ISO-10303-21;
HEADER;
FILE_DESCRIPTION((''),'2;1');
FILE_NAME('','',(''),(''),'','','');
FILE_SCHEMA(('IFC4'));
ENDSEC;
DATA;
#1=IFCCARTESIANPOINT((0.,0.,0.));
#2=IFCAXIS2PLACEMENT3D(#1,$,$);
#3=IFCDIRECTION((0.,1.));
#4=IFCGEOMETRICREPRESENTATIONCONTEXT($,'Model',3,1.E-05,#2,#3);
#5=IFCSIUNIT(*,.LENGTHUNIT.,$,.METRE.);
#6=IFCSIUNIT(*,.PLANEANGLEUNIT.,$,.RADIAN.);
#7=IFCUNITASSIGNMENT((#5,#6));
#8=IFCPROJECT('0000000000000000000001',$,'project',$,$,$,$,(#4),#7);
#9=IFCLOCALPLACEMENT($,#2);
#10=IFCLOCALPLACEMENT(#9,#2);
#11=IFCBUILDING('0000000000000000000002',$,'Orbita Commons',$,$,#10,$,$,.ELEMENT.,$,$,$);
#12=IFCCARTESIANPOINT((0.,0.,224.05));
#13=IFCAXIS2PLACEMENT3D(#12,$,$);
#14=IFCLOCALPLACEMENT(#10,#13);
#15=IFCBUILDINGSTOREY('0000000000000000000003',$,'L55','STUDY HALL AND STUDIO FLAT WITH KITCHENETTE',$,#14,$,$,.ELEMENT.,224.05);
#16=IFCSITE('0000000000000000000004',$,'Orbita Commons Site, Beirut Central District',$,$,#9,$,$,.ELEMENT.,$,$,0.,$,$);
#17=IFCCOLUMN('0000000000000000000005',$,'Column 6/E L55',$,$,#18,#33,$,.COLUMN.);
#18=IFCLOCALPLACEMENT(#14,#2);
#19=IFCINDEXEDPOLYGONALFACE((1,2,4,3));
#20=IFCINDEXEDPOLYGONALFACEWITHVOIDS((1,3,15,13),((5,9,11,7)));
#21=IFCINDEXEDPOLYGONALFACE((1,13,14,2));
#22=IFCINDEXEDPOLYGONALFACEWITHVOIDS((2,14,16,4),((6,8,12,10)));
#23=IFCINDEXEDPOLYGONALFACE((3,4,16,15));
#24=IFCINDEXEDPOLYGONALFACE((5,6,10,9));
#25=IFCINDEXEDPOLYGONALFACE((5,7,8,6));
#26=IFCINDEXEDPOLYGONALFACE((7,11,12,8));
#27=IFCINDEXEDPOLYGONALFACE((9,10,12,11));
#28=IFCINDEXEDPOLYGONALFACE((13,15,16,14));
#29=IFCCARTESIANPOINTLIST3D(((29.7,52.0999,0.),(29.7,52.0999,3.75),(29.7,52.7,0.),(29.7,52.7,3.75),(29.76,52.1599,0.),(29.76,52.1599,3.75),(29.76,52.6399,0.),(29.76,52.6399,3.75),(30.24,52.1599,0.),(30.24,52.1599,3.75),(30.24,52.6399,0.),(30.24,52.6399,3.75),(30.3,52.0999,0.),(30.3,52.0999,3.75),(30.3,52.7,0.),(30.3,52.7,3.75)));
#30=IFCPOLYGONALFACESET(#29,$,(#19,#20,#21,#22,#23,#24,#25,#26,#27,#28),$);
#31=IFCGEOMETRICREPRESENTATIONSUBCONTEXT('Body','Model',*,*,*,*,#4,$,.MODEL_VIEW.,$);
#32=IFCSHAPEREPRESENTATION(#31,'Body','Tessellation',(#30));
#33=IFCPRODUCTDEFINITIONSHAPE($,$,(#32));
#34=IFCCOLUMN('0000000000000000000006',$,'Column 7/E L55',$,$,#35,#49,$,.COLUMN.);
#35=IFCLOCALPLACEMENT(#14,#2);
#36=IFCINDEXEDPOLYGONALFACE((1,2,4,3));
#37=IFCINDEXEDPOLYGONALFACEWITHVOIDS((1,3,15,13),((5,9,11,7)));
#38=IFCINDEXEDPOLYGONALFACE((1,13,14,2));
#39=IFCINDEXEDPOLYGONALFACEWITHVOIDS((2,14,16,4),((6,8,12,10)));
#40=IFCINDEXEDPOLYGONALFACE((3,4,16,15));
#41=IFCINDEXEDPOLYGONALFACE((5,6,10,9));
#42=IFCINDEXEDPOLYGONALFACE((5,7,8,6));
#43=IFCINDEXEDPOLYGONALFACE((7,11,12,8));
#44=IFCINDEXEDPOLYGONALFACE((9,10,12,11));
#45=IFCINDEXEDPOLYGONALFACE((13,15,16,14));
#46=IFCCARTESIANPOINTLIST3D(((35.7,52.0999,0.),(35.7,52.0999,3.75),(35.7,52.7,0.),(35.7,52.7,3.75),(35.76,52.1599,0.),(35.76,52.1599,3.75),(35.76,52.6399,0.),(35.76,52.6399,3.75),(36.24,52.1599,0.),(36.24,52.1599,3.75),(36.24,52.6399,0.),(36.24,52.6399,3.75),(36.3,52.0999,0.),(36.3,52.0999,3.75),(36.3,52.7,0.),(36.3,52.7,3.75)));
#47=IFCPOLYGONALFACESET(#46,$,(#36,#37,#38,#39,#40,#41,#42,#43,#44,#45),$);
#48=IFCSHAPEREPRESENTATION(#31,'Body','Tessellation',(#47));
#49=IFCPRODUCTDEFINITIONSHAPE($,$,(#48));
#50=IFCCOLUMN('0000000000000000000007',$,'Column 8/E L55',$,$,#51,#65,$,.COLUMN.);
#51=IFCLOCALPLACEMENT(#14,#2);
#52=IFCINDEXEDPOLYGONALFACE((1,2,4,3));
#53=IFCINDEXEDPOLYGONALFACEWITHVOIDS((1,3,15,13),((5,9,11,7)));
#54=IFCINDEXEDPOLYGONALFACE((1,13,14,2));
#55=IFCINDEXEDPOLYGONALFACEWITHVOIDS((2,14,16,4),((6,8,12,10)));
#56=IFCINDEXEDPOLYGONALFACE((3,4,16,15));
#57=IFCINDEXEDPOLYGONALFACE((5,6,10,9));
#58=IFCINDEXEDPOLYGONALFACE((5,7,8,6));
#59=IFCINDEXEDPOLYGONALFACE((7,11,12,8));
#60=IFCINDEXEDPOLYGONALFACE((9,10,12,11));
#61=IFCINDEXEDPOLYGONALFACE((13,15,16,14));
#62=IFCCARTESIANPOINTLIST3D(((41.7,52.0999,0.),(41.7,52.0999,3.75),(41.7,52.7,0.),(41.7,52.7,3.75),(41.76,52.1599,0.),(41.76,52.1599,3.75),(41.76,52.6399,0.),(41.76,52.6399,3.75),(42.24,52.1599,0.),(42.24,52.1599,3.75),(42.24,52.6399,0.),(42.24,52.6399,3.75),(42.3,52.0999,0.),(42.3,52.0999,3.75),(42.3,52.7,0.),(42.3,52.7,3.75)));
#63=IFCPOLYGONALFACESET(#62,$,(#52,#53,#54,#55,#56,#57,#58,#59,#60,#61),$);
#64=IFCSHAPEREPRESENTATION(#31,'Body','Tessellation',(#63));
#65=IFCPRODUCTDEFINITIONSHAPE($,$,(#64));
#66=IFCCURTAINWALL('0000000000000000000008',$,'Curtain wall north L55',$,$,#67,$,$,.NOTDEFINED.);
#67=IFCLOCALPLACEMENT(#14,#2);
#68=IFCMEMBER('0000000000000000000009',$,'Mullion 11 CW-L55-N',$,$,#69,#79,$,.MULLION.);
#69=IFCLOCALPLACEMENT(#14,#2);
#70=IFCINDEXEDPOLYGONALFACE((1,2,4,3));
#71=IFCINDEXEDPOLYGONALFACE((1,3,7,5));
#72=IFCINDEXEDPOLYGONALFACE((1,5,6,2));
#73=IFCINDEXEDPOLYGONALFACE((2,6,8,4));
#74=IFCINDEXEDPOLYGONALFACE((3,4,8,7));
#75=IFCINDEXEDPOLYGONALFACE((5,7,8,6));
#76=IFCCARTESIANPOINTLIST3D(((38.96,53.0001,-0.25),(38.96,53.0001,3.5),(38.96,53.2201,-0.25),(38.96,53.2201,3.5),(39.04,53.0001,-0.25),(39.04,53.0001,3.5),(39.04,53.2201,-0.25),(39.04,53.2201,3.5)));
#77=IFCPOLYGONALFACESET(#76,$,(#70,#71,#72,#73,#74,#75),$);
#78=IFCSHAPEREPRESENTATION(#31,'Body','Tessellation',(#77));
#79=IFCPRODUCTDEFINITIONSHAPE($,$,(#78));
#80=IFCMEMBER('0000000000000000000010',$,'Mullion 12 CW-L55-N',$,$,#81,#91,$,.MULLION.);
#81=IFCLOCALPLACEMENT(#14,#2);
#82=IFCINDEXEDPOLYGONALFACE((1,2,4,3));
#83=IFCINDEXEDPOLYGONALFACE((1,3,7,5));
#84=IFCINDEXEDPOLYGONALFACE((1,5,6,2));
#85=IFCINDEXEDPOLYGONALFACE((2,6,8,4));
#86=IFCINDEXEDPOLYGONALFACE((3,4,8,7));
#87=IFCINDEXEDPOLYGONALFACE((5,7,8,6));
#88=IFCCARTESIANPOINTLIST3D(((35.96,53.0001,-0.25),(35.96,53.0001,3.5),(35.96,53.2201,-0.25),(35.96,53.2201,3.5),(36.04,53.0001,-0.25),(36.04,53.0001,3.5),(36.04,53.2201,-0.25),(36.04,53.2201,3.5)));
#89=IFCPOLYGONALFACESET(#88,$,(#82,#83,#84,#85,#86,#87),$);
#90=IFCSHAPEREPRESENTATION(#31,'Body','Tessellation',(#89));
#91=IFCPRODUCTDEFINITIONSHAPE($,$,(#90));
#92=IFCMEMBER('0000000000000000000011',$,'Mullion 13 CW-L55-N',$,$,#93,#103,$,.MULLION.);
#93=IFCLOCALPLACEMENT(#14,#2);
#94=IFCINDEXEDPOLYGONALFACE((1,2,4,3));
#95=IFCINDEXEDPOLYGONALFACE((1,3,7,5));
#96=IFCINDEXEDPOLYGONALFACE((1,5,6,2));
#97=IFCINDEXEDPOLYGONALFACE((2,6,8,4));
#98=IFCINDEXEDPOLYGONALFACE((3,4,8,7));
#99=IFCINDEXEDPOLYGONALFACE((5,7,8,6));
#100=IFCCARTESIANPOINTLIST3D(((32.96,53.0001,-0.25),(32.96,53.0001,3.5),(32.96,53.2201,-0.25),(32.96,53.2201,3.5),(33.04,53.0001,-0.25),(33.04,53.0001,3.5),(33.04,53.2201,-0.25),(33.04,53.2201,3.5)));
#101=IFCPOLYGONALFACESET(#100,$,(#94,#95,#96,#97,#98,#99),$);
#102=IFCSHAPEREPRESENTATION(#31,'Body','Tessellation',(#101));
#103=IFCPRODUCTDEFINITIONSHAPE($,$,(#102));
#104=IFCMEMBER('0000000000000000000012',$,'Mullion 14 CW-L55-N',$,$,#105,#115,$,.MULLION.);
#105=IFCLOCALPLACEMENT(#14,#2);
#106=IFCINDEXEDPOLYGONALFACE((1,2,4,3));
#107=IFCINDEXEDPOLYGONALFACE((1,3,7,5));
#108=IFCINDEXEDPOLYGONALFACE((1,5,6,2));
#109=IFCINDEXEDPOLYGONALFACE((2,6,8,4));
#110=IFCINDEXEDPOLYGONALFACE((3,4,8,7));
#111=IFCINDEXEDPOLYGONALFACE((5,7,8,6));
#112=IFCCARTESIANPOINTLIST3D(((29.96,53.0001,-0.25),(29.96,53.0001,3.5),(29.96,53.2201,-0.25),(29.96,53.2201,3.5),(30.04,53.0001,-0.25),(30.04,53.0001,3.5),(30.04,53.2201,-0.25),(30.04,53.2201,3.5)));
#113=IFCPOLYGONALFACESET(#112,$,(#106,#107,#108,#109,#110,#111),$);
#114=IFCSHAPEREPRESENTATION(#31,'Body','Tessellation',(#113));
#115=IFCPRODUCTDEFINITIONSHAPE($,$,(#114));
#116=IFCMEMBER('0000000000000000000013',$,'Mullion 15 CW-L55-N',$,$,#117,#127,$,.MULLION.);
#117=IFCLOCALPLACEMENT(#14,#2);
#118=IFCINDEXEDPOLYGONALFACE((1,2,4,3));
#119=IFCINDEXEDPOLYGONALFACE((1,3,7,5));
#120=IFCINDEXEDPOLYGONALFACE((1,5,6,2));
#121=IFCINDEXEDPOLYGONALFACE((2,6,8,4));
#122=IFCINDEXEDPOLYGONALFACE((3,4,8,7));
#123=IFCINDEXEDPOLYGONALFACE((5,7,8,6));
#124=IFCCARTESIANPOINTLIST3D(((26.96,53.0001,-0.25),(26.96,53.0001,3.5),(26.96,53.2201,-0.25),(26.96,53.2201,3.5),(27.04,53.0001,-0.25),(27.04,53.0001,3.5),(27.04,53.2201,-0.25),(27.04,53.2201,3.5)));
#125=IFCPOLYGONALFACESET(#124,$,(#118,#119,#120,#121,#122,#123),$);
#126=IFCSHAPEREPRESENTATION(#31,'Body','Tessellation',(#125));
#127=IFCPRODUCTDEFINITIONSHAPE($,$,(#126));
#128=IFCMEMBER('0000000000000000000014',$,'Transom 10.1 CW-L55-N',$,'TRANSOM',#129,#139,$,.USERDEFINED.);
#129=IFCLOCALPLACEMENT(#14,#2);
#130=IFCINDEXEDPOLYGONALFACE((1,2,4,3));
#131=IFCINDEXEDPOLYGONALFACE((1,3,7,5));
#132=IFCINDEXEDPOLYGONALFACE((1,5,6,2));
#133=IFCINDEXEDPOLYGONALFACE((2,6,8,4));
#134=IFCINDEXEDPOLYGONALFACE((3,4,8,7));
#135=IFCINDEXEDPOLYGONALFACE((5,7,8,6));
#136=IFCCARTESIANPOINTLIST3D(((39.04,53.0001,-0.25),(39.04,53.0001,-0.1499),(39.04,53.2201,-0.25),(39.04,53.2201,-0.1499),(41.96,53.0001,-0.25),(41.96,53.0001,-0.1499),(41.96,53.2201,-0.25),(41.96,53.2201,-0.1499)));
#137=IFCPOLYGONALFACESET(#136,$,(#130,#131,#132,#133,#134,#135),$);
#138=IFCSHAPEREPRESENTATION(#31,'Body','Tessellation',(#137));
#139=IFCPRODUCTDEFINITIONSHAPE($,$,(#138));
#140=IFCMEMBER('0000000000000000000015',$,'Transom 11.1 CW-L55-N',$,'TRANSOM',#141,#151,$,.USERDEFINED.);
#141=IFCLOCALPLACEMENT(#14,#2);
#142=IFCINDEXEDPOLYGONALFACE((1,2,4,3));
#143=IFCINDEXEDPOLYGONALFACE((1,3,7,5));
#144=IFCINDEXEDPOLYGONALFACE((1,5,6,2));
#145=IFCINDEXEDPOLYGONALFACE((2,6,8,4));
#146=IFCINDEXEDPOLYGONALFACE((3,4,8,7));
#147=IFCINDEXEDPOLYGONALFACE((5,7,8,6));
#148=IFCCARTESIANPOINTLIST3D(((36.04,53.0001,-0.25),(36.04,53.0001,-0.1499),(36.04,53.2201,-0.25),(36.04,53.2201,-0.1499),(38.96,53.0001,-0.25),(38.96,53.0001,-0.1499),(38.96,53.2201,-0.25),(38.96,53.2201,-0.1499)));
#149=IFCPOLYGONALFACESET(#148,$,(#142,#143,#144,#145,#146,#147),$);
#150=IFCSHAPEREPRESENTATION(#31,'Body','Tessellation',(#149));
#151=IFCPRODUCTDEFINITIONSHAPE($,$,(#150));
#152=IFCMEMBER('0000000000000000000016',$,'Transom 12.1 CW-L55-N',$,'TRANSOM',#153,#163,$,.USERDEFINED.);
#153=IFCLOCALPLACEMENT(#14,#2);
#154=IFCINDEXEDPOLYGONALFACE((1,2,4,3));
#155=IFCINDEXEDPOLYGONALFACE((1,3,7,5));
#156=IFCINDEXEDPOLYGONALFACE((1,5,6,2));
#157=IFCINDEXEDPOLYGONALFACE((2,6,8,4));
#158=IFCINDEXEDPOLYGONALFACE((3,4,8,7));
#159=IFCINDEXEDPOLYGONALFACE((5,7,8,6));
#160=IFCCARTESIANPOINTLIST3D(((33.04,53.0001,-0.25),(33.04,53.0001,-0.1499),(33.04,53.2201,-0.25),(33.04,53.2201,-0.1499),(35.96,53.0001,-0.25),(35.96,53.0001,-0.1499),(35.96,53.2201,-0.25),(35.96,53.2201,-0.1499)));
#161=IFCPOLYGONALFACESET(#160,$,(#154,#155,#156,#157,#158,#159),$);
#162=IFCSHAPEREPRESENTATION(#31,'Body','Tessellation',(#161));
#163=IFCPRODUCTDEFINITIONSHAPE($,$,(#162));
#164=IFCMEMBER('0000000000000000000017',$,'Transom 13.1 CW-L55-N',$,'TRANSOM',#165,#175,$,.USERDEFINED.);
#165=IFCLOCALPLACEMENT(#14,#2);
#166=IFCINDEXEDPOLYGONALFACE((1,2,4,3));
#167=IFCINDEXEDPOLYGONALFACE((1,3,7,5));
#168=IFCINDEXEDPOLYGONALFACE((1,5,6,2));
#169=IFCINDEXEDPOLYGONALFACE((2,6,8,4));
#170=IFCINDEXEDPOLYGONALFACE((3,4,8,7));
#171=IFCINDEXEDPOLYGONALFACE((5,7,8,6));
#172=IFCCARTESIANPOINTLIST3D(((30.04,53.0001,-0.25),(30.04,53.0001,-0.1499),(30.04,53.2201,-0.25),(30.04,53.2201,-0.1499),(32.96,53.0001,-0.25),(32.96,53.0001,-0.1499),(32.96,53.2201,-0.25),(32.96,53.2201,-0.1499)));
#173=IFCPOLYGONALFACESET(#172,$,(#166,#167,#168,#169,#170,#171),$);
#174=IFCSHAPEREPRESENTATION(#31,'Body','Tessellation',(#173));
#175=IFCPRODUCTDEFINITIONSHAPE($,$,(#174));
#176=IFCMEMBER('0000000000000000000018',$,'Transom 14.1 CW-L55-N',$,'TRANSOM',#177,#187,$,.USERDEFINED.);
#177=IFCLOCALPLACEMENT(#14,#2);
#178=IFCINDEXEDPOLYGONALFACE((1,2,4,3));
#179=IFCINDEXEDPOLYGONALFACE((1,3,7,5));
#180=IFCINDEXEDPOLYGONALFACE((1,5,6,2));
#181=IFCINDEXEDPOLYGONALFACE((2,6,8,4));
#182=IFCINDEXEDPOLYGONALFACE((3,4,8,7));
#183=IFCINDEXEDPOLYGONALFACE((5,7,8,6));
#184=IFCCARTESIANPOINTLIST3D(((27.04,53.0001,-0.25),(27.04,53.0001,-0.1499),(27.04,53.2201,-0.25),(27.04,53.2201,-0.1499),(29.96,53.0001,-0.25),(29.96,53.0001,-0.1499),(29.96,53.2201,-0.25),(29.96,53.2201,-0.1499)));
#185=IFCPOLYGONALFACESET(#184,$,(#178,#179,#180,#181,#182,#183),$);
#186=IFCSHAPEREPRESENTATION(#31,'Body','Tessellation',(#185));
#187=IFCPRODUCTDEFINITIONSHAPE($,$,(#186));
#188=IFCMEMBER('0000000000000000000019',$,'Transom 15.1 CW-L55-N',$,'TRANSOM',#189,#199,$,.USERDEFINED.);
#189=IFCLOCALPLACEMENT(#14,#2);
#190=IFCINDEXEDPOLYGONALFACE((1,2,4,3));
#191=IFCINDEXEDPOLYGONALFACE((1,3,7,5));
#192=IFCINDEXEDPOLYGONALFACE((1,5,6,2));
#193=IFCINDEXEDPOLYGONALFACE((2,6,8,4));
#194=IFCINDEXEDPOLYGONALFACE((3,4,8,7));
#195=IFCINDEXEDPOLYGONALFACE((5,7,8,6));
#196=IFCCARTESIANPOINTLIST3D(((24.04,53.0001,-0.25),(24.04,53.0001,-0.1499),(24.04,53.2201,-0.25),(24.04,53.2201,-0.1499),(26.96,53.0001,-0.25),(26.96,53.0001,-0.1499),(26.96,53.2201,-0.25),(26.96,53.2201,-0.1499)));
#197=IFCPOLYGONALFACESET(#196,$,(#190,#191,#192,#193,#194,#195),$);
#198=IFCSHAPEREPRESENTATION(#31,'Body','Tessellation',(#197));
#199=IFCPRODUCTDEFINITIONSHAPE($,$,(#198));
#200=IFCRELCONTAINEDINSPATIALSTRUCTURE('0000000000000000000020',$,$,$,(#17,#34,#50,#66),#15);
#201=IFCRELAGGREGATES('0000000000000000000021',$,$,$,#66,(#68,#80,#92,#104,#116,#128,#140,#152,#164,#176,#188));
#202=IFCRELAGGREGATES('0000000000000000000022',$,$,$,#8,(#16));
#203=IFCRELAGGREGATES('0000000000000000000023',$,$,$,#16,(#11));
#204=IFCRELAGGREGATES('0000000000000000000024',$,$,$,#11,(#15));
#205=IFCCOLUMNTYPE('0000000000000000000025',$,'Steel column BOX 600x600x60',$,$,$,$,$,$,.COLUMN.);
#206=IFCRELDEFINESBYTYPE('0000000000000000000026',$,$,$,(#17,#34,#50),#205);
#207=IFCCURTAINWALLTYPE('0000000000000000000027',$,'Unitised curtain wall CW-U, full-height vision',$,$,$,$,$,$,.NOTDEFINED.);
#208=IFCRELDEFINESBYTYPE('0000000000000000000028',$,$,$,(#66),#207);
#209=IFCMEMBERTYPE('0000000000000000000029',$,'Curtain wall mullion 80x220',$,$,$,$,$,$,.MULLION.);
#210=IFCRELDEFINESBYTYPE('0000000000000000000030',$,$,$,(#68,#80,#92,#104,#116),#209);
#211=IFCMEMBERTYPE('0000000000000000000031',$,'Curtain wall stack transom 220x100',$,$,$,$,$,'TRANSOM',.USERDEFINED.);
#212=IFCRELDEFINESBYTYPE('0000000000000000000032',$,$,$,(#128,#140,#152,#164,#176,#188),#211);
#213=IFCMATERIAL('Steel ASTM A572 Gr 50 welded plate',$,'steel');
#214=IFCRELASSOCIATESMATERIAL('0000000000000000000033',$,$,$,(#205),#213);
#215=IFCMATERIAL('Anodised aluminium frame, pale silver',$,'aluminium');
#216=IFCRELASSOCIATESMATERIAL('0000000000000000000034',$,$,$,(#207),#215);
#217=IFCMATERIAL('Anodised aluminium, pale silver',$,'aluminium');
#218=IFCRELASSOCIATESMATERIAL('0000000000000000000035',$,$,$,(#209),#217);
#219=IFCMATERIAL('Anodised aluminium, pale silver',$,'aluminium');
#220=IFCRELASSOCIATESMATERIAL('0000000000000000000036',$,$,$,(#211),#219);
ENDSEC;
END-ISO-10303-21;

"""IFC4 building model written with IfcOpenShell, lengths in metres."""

from ifc_helpers import new_model, si_unit, direction, frame, origin, origin_2d, place, context, subcontext, project, spatial, rectangle, hollow_rectangle, extrude, material, material_profile, profile_set, type_object, element, aggregate, save


model = new_model("IFC4")

# Units and contexts
model_context = context("Model", 3, precision=1e-05, world=origin(), true_north=direction((0.0, 1.0)))
body_context = subcontext(model_context, "Body", "Model", "MODEL_VIEW")
ifc_project = project(units=[si_unit("LENGTHUNIT", "METRE"), si_unit("PLANEANGLEUNIT", "RADIAN")], contexts=[model_context])

# Site, building, storey
site_placement = place(None, origin())
site = spatial("IfcSite", under=ifc_project, at=site_placement, Name="Orbita Commons Site, Beirut Central District", CompositionType="ELEMENT", RefElevation=0.0)
building_placement = place(site_placement, origin())
building = spatial("IfcBuilding", under=site, at=building_placement, Name="Orbita Commons", CompositionType="ELEMENT")
storey_placement = place(building_placement, frame((0.0, 0.0, 224.05)))
storey = spatial("IfcBuildingStorey", under=building, at=storey_placement, Name="L55", Description="STUDY HALL AND STUDIO FLAT WITH KITCHENETTE", CompositionType="ELEMENT", Elevation=224.05)

# Columns
ifc_material_1 = material(Name="Steel ASTM A572 Gr 50 welded plate", Category="steel")
ifc_material_profile_1 = material_profile(ifc_material_1, hollow_rectangle(XDim=0.6001, YDim=0.6001, WallThickness=0.0601, at=origin_2d()), Name="BOX 600x600x60")
ifc_profile_set_1 = profile_set([ifc_material_profile_1], Name="Steel ASTM A572 Gr 50 welded plate")
column_type = type_object("IfcColumnType", Name="Steel column BOX 600x600x60", PredefinedType="COLUMN", material=ifc_profile_set_1)
for number, where, z_axis, x_axis, name in (
    (1, (30.0, 52.3999, 0.0), (0.0, 0.0, 1.0), (1.0, 0.0, 0.0), "Column 6/E L55"),
    (2, (36.0, 52.3999, 0.0), (0.0, 0.0, 1.0), (1.0, 0.0, 0.0), "Column 7/E L55"),
    (3, (42.0, 52.3999, 0.0), (0.0, 0.0, 1.0), (1.0, 0.0, 0.0), "Column 8/E L55"),
):
    element("IfcColumn", number, at=place(storey_placement, frame(where, z_axis=z_axis, x_axis=x_axis)), inside=storey, type_object=column_type, Name=name, PredefinedType="COLUMN", context=body_context, shape_type="SweptSolid", body=[
        extrude(hollow_rectangle(XDim=0.6001, YDim=0.6001, WallThickness=0.0601, at=origin_2d()), origin(), (0.0, 0.0, 1.0), 3.75),
    ])

# Curtain wall, members
ifc_material_2 = material(Name="Anodised aluminium frame, pale silver", Category="aluminium")
curtain_wall_type = type_object("IfcCurtainWallType", Name="Unitised curtain wall CW-U, full-height vision", PredefinedType="NOTDEFINED", material=ifc_material_2)
curtain_wall_placement = place(storey_placement, origin())
curtain_wall = element("IfcCurtainWall", 4, at=curtain_wall_placement, inside=storey, type_object=curtain_wall_type, Name="Curtain wall north L55", PredefinedType="NOTDEFINED")
ifc_material_3 = material(Name="Anodised aluminium, pale silver", Category="aluminium")
ifc_material_profile_2 = material_profile(ifc_material_3, rectangle(XDim=0.0801, YDim=0.22, at=origin_2d()), Name="AL 80x220")
ifc_profile_set_2 = profile_set([ifc_material_profile_2], Name="Anodised aluminium, pale silver")
member_type_1 = type_object("IfcMemberType", Name="Curtain wall mullion 80x220", PredefinedType="MULLION", material=ifc_profile_set_2)
member_1_placement = place(storey_placement, frame((39.0, 53.1101, -0.25), z_axis=(0.0, 0.0, 1.0), x_axis=(-1.0, 0.0, 0.0)))
member_1 = element("IfcMember", 5, at=member_1_placement, type_object=member_type_1, Name="Mullion 11 CW-L55-N", PredefinedType="MULLION", context=body_context, shape_type="SweptSolid", body=[
    extrude(rectangle(XDim=0.0801, YDim=0.22, at=origin_2d()), origin(), (0.0, 0.0, 1.0), 3.75),
])
member_2_placement = place(storey_placement, frame((36.0, 53.1101, -0.25), z_axis=(0.0, 0.0, 1.0), x_axis=(-1.0, 0.0, 0.0)))
member_2 = element("IfcMember", 6, at=member_2_placement, type_object=member_type_1, Name="Mullion 12 CW-L55-N", PredefinedType="MULLION", context=body_context, shape_type="SweptSolid", body=[
    extrude(rectangle(XDim=0.0801, YDim=0.22, at=origin_2d()), origin(), (0.0, 0.0, 1.0), 3.75),
])
member_3_placement = place(storey_placement, frame((33.0, 53.1101, -0.25), z_axis=(0.0, 0.0, 1.0), x_axis=(-1.0, 0.0, 0.0)))
member_3 = element("IfcMember", 7, at=member_3_placement, type_object=member_type_1, Name="Mullion 13 CW-L55-N", PredefinedType="MULLION", context=body_context, shape_type="SweptSolid", body=[
    extrude(rectangle(XDim=0.0801, YDim=0.22, at=origin_2d()), origin(), (0.0, 0.0, 1.0), 3.75),
])
member_4_placement = place(storey_placement, frame((30.0, 53.1101, -0.25), z_axis=(0.0, 0.0, 1.0), x_axis=(-1.0, 0.0, 0.0)))
member_4 = element("IfcMember", 8, at=member_4_placement, type_object=member_type_1, Name="Mullion 14 CW-L55-N", PredefinedType="MULLION", context=body_context, shape_type="SweptSolid", body=[
    extrude(rectangle(XDim=0.0801, YDim=0.22, at=origin_2d()), origin(), (0.0, 0.0, 1.0), 3.75),
])
member_5_placement = place(storey_placement, frame((27.0, 53.1101, -0.25), z_axis=(0.0, 0.0, 1.0), x_axis=(-1.0, 0.0, 0.0)))
member_5 = element("IfcMember", 9, at=member_5_placement, type_object=member_type_1, Name="Mullion 15 CW-L55-N", PredefinedType="MULLION", context=body_context, shape_type="SweptSolid", body=[
    extrude(rectangle(XDim=0.0801, YDim=0.22, at=origin_2d()), origin(), (0.0, 0.0, 1.0), 3.75),
])
ifc_material_4 = material(Name="Anodised aluminium, pale silver", Category="aluminium")
ifc_material_profile_3 = material_profile(ifc_material_4, rectangle(XDim=0.22, YDim=0.1001, at=origin_2d()), Name="AL 220x100")
ifc_profile_set_3 = profile_set([ifc_material_profile_3], Name="Anodised aluminium, pale silver")
member_type_2 = type_object("IfcMemberType", Name="Curtain wall stack transom 220x100", ElementType="TRANSOM", PredefinedType="USERDEFINED", material=ifc_profile_set_3)
member_6_placement = place(storey_placement, frame((41.96, 53.1101, -0.2), z_axis=(-1.0, 0.0, 0.0), x_axis=(0.0, -1.0, 0.0)))
member_6 = element("IfcMember", 10, at=member_6_placement, type_object=member_type_2, Name="Transom 10.1 CW-L55-N", ObjectType="TRANSOM", PredefinedType="USERDEFINED", context=body_context, shape_type="SweptSolid", body=[
    extrude(rectangle(XDim=0.22, YDim=0.1001, at=origin_2d()), origin(), (0.0, 0.0, 1.0), 2.9199),
])
member_7_placement = place(storey_placement, frame((38.96, 53.1101, -0.2), z_axis=(-1.0, 0.0, 0.0), x_axis=(0.0, -1.0, 0.0)))
member_7 = element("IfcMember", 11, at=member_7_placement, type_object=member_type_2, Name="Transom 11.1 CW-L55-N", ObjectType="TRANSOM", PredefinedType="USERDEFINED", context=body_context, shape_type="SweptSolid", body=[
    extrude(rectangle(XDim=0.22, YDim=0.1001, at=origin_2d()), origin(), (0.0, 0.0, 1.0), 2.9199),
])
member_8_placement = place(storey_placement, frame((35.96, 53.1101, -0.2), z_axis=(-1.0, 0.0, 0.0), x_axis=(0.0, -1.0, 0.0)))
member_8 = element("IfcMember", 12, at=member_8_placement, type_object=member_type_2, Name="Transom 12.1 CW-L55-N", ObjectType="TRANSOM", PredefinedType="USERDEFINED", context=body_context, shape_type="SweptSolid", body=[
    extrude(rectangle(XDim=0.22, YDim=0.1001, at=origin_2d()), origin(), (0.0, 0.0, 1.0), 2.9199),
])
member_9_placement = place(storey_placement, frame((32.96, 53.1101, -0.2), z_axis=(-1.0, 0.0, 0.0), x_axis=(0.0, -1.0, 0.0)))
member_9 = element("IfcMember", 13, at=member_9_placement, type_object=member_type_2, Name="Transom 13.1 CW-L55-N", ObjectType="TRANSOM", PredefinedType="USERDEFINED", context=body_context, shape_type="SweptSolid", body=[
    extrude(rectangle(XDim=0.22, YDim=0.1001, at=origin_2d()), origin(), (0.0, 0.0, 1.0), 2.9199),
])
member_10_placement = place(storey_placement, frame((29.96, 53.1101, -0.2), z_axis=(-1.0, 0.0, 0.0), x_axis=(0.0, -1.0, 0.0)))
member_10 = element("IfcMember", 14, at=member_10_placement, type_object=member_type_2, Name="Transom 14.1 CW-L55-N", ObjectType="TRANSOM", PredefinedType="USERDEFINED", context=body_context, shape_type="SweptSolid", body=[
    extrude(rectangle(XDim=0.22, YDim=0.1001, at=origin_2d()), origin(), (0.0, 0.0, 1.0), 2.9199),
])
member_11_placement = place(storey_placement, frame((26.96, 53.1101, -0.2), z_axis=(-1.0, 0.0, 0.0), x_axis=(0.0, -1.0, 0.0)))
member_11 = element("IfcMember", 15, at=member_11_placement, type_object=member_type_2, Name="Transom 15.1 CW-L55-N", ObjectType="TRANSOM", PredefinedType="USERDEFINED", context=body_context, shape_type="SweptSolid", body=[
    extrude(rectangle(XDim=0.22, YDim=0.1001, at=origin_2d()), origin(), (0.0, 0.0, 1.0), 2.9199),
])

aggregate(curtain_wall, [member_1, member_2, member_3, member_4, member_5, member_6, member_7, member_8, member_9, member_10, member_11])

save(model, "model.ifc")
